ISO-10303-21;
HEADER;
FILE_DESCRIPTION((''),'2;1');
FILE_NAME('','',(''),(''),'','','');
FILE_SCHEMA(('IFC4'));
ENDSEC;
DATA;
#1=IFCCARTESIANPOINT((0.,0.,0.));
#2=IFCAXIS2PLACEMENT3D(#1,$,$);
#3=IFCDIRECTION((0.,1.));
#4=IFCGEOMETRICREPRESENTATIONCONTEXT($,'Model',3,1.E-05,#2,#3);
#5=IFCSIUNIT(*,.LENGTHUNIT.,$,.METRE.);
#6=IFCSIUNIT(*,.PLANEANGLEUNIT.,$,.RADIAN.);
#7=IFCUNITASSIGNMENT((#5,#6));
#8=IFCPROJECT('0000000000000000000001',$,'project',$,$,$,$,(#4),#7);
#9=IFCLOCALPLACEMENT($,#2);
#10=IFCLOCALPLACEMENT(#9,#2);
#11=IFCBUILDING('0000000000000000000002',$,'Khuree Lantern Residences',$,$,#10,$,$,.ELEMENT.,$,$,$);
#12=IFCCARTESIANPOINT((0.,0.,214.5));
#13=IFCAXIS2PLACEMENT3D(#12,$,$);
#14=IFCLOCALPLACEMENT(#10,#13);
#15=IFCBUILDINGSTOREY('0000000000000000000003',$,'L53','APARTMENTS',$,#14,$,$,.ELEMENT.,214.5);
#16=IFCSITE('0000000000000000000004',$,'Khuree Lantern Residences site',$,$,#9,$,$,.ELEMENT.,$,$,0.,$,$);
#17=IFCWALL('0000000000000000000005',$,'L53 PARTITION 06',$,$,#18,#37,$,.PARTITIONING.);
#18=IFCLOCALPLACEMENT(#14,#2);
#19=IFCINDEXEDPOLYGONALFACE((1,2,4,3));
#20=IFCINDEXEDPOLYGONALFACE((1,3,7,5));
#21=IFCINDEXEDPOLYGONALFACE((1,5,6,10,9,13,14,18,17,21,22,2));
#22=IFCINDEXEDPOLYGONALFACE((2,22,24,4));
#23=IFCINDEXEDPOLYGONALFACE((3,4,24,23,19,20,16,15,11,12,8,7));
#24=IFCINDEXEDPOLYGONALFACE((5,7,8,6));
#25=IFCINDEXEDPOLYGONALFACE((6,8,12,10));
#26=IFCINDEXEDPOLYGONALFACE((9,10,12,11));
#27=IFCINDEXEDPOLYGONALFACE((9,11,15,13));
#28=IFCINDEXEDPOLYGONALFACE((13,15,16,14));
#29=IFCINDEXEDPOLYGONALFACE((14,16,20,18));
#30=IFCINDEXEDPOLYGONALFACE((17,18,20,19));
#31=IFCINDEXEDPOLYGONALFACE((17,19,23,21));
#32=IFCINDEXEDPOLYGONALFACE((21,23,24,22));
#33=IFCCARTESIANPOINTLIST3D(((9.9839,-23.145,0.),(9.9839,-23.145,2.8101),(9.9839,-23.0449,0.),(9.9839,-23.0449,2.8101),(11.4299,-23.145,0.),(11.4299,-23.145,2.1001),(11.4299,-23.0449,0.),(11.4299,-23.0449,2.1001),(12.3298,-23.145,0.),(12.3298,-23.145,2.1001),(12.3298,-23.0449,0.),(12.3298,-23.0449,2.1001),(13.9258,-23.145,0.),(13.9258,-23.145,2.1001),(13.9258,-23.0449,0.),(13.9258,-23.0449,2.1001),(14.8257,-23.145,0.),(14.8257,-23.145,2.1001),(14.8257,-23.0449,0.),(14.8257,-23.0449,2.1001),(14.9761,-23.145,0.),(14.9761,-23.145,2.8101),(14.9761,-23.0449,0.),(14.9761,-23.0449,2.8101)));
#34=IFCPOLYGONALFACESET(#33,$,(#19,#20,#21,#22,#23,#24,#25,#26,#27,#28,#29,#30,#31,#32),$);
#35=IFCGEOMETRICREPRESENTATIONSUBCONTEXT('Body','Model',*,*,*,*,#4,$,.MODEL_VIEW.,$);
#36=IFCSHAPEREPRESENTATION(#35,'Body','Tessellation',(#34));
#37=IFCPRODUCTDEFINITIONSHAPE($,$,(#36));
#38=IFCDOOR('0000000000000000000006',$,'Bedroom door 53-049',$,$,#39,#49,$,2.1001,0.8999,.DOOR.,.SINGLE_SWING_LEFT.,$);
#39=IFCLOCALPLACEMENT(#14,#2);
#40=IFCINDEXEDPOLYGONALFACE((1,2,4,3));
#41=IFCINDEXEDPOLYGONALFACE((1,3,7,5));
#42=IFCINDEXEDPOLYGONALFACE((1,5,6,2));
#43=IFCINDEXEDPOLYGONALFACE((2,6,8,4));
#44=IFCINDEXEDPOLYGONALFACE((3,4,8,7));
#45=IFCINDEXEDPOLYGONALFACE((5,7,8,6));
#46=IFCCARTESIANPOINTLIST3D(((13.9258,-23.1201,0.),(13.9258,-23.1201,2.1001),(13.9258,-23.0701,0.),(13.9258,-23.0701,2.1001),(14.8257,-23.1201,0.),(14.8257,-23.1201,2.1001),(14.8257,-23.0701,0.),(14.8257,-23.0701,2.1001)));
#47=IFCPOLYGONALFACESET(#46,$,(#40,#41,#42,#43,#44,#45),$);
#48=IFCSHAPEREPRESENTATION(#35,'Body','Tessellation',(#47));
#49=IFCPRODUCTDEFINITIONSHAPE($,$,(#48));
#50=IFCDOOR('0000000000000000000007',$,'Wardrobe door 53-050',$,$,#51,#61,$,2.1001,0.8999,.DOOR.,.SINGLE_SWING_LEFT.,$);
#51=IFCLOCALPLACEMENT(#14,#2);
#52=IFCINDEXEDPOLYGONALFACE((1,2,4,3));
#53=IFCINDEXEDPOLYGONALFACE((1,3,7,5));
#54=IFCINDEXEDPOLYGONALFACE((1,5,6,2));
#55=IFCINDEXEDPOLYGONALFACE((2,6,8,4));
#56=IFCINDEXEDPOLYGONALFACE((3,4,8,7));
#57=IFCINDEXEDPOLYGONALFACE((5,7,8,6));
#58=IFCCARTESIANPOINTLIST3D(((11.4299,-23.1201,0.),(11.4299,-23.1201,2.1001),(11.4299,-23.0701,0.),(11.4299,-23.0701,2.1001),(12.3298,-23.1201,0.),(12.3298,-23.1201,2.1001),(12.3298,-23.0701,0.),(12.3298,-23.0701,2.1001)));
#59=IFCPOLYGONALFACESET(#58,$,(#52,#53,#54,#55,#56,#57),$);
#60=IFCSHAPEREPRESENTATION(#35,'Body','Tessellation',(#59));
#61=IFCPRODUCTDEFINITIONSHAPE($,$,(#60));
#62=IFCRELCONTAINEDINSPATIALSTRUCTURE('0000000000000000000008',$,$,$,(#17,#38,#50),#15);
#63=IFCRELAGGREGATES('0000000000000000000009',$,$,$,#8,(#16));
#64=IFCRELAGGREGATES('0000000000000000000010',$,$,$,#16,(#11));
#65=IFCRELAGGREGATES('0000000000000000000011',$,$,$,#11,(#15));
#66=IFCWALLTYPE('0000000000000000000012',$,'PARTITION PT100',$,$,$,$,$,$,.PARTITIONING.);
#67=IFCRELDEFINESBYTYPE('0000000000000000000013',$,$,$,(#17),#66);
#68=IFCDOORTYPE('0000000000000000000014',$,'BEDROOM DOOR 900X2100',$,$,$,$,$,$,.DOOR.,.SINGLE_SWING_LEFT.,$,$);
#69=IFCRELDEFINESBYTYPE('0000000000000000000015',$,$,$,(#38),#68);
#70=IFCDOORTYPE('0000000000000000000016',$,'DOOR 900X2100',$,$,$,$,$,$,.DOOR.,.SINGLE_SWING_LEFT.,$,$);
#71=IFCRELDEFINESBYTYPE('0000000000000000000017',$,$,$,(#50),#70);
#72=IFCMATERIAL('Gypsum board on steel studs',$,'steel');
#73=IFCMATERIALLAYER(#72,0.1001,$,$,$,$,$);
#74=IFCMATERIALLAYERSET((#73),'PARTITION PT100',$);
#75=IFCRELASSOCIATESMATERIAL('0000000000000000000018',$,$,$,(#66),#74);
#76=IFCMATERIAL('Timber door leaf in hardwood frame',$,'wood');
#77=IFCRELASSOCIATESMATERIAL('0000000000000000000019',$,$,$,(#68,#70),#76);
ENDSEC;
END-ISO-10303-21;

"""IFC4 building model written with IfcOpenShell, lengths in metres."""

from ifc_helpers import new_model, si_unit, direction, frame, frame_2d, origin, place, context, subcontext, project, spatial, rectangle, extrude, material, layer, layer_set, type_object, element, fill, save


model = new_model("IFC4")

# Units and contexts
model_context = context("Model", 3, precision=1e-05, world=origin(), true_north=direction((0.0, 1.0)))
body_context = subcontext(model_context, "Body", "Model", "MODEL_VIEW")
ifc_project = project(units=[si_unit("LENGTHUNIT", "METRE"), si_unit("PLANEANGLEUNIT", "RADIAN")], contexts=[model_context])

# Site, building, storey
site_placement = place(None, origin())
site = spatial("IfcSite", under=ifc_project, at=site_placement, Name="Khuree Lantern Residences site", CompositionType="ELEMENT", RefElevation=0.0)
building_placement = place(site_placement, origin())
building = spatial("IfcBuilding", under=site, at=building_placement, Name="Khuree Lantern Residences", CompositionType="ELEMENT")
storey_placement = place(building_placement, frame((0.0, 0.0, 214.5)))
storey = spatial("IfcBuildingStorey", under=building, at=storey_placement, Name="L53", Description="APARTMENTS", CompositionType="ELEMENT", Elevation=214.5)

# Shared definitions
ifc_material_1 = material(Name="Gypsum board on steel studs", Category="steel")
ifc_layer_1 = layer(ifc_material_1, 0.1001)
ifc_layer_set_1 = layer_set([ifc_layer_1], Name="PARTITION PT100")
wall_type = type_object("IfcWallType", Name="PARTITION PT100", PredefinedType="PARTITIONING", material=ifc_layer_set_1)

# Shared definitions
ifc_material_2 = material(Name="Timber door leaf in hardwood frame", Category="wood")
door_type_1 = type_object("IfcDoorType", Name="BEDROOM DOOR 900X2100", OperationType="SINGLE_SWING_LEFT", PredefinedType="DOOR", material=ifc_material_2)

# Wall, openings, doors
wall_1_placement = place(storey_placement, frame((9.9839, -23.095, 0.0), z_axis=(0.0, 0.0, 1.0), x_axis=(1.0, 0.0, 0.0)))
wall_1 = element("IfcWall", 1, at=wall_1_placement, inside=storey, type_object=wall_type, Name="L53 PARTITION 06", PredefinedType="PARTITIONING", context=body_context, shape_type="SweptSolid", body=[
    extrude(rectangle(XDim=4.9922, YDim=0.1001, at=frame_2d((2.4961, 0.0))), origin(), (0.0, 0.0, 1.0), 2.8101),
])
opening_1_placement = place(wall_1_placement, frame((3.9419, 0.0, 0.0)))
opening_1 = element("IfcOpeningElement", 2, at=opening_1_placement, cuts=wall_1, PredefinedType="OPENING", context=body_context, shape_type="SweptSolid", body=[
    extrude(rectangle(XDim=0.8999, YDim=2.1001, at=frame_2d((0.45, 1.05))), frame((0.0, 0.0601, 0.0), z_axis=(0.0, -1.0, 0.0), x_axis=(1.0, 0.0, 0.0)), (0.0, 0.0, 1.0), 0.1201),
])
opening_2_placement = place(wall_1_placement, frame((1.446, 0.0, 0.0)))
opening_2 = element("IfcOpeningElement", 3, at=opening_2_placement, cuts=wall_1, PredefinedType="OPENING", context=body_context, shape_type="SweptSolid", body=[
    extrude(rectangle(XDim=0.8999, YDim=2.1001, at=frame_2d((0.45, 1.05))), frame((0.0, 0.0601, 0.0), z_axis=(0.0, -1.0, 0.0), x_axis=(1.0, 0.0, 0.0)), (0.0, 0.0, 1.0), 0.1201),
])
door_1_placement = place(opening_1_placement, origin())
door_1 = element("IfcDoor", 4, at=door_1_placement, inside=storey, type_object=door_type_1, Name="Bedroom door 53-049", OperationType="SINGLE_SWING_LEFT", OverallHeight=2.1001, OverallWidth=0.8999, PredefinedType="DOOR", context=body_context, shape_type="SweptSolid", body=[
    extrude(rectangle(XDim=0.8999, YDim=2.1001, at=frame_2d((0.45, 1.05))), frame((0.0, 0.0249, 0.0), z_axis=(0.0, -1.0, 0.0), x_axis=(1.0, 0.0, 0.0)), (0.0, 0.0, 1.0), 0.05),
])
fill(opening_1, door_1)
door_type_2 = type_object("IfcDoorType", Name="DOOR 900X2100", OperationType="SINGLE_SWING_LEFT", PredefinedType="DOOR", material=ifc_material_2)
door_2_placement = place(opening_2_placement, origin())
door_2 = element("IfcDoor", 5, at=door_2_placement, inside=storey, type_object=door_type_2, Name="Wardrobe door 53-050", OperationType="SINGLE_SWING_LEFT", OverallHeight=2.1001, OverallWidth=0.8999, PredefinedType="DOOR", context=body_context, shape_type="SweptSolid", body=[
    extrude(rectangle(XDim=0.8999, YDim=2.1001, at=frame_2d((0.45, 1.05))), frame((0.0, 0.0249, 0.0), z_axis=(0.0, -1.0, 0.0), x_axis=(1.0, 0.0, 0.0)), (0.0, 0.0, 1.0), 0.05),
])
fill(opening_2, door_2)

save(model, "model.ifc")
